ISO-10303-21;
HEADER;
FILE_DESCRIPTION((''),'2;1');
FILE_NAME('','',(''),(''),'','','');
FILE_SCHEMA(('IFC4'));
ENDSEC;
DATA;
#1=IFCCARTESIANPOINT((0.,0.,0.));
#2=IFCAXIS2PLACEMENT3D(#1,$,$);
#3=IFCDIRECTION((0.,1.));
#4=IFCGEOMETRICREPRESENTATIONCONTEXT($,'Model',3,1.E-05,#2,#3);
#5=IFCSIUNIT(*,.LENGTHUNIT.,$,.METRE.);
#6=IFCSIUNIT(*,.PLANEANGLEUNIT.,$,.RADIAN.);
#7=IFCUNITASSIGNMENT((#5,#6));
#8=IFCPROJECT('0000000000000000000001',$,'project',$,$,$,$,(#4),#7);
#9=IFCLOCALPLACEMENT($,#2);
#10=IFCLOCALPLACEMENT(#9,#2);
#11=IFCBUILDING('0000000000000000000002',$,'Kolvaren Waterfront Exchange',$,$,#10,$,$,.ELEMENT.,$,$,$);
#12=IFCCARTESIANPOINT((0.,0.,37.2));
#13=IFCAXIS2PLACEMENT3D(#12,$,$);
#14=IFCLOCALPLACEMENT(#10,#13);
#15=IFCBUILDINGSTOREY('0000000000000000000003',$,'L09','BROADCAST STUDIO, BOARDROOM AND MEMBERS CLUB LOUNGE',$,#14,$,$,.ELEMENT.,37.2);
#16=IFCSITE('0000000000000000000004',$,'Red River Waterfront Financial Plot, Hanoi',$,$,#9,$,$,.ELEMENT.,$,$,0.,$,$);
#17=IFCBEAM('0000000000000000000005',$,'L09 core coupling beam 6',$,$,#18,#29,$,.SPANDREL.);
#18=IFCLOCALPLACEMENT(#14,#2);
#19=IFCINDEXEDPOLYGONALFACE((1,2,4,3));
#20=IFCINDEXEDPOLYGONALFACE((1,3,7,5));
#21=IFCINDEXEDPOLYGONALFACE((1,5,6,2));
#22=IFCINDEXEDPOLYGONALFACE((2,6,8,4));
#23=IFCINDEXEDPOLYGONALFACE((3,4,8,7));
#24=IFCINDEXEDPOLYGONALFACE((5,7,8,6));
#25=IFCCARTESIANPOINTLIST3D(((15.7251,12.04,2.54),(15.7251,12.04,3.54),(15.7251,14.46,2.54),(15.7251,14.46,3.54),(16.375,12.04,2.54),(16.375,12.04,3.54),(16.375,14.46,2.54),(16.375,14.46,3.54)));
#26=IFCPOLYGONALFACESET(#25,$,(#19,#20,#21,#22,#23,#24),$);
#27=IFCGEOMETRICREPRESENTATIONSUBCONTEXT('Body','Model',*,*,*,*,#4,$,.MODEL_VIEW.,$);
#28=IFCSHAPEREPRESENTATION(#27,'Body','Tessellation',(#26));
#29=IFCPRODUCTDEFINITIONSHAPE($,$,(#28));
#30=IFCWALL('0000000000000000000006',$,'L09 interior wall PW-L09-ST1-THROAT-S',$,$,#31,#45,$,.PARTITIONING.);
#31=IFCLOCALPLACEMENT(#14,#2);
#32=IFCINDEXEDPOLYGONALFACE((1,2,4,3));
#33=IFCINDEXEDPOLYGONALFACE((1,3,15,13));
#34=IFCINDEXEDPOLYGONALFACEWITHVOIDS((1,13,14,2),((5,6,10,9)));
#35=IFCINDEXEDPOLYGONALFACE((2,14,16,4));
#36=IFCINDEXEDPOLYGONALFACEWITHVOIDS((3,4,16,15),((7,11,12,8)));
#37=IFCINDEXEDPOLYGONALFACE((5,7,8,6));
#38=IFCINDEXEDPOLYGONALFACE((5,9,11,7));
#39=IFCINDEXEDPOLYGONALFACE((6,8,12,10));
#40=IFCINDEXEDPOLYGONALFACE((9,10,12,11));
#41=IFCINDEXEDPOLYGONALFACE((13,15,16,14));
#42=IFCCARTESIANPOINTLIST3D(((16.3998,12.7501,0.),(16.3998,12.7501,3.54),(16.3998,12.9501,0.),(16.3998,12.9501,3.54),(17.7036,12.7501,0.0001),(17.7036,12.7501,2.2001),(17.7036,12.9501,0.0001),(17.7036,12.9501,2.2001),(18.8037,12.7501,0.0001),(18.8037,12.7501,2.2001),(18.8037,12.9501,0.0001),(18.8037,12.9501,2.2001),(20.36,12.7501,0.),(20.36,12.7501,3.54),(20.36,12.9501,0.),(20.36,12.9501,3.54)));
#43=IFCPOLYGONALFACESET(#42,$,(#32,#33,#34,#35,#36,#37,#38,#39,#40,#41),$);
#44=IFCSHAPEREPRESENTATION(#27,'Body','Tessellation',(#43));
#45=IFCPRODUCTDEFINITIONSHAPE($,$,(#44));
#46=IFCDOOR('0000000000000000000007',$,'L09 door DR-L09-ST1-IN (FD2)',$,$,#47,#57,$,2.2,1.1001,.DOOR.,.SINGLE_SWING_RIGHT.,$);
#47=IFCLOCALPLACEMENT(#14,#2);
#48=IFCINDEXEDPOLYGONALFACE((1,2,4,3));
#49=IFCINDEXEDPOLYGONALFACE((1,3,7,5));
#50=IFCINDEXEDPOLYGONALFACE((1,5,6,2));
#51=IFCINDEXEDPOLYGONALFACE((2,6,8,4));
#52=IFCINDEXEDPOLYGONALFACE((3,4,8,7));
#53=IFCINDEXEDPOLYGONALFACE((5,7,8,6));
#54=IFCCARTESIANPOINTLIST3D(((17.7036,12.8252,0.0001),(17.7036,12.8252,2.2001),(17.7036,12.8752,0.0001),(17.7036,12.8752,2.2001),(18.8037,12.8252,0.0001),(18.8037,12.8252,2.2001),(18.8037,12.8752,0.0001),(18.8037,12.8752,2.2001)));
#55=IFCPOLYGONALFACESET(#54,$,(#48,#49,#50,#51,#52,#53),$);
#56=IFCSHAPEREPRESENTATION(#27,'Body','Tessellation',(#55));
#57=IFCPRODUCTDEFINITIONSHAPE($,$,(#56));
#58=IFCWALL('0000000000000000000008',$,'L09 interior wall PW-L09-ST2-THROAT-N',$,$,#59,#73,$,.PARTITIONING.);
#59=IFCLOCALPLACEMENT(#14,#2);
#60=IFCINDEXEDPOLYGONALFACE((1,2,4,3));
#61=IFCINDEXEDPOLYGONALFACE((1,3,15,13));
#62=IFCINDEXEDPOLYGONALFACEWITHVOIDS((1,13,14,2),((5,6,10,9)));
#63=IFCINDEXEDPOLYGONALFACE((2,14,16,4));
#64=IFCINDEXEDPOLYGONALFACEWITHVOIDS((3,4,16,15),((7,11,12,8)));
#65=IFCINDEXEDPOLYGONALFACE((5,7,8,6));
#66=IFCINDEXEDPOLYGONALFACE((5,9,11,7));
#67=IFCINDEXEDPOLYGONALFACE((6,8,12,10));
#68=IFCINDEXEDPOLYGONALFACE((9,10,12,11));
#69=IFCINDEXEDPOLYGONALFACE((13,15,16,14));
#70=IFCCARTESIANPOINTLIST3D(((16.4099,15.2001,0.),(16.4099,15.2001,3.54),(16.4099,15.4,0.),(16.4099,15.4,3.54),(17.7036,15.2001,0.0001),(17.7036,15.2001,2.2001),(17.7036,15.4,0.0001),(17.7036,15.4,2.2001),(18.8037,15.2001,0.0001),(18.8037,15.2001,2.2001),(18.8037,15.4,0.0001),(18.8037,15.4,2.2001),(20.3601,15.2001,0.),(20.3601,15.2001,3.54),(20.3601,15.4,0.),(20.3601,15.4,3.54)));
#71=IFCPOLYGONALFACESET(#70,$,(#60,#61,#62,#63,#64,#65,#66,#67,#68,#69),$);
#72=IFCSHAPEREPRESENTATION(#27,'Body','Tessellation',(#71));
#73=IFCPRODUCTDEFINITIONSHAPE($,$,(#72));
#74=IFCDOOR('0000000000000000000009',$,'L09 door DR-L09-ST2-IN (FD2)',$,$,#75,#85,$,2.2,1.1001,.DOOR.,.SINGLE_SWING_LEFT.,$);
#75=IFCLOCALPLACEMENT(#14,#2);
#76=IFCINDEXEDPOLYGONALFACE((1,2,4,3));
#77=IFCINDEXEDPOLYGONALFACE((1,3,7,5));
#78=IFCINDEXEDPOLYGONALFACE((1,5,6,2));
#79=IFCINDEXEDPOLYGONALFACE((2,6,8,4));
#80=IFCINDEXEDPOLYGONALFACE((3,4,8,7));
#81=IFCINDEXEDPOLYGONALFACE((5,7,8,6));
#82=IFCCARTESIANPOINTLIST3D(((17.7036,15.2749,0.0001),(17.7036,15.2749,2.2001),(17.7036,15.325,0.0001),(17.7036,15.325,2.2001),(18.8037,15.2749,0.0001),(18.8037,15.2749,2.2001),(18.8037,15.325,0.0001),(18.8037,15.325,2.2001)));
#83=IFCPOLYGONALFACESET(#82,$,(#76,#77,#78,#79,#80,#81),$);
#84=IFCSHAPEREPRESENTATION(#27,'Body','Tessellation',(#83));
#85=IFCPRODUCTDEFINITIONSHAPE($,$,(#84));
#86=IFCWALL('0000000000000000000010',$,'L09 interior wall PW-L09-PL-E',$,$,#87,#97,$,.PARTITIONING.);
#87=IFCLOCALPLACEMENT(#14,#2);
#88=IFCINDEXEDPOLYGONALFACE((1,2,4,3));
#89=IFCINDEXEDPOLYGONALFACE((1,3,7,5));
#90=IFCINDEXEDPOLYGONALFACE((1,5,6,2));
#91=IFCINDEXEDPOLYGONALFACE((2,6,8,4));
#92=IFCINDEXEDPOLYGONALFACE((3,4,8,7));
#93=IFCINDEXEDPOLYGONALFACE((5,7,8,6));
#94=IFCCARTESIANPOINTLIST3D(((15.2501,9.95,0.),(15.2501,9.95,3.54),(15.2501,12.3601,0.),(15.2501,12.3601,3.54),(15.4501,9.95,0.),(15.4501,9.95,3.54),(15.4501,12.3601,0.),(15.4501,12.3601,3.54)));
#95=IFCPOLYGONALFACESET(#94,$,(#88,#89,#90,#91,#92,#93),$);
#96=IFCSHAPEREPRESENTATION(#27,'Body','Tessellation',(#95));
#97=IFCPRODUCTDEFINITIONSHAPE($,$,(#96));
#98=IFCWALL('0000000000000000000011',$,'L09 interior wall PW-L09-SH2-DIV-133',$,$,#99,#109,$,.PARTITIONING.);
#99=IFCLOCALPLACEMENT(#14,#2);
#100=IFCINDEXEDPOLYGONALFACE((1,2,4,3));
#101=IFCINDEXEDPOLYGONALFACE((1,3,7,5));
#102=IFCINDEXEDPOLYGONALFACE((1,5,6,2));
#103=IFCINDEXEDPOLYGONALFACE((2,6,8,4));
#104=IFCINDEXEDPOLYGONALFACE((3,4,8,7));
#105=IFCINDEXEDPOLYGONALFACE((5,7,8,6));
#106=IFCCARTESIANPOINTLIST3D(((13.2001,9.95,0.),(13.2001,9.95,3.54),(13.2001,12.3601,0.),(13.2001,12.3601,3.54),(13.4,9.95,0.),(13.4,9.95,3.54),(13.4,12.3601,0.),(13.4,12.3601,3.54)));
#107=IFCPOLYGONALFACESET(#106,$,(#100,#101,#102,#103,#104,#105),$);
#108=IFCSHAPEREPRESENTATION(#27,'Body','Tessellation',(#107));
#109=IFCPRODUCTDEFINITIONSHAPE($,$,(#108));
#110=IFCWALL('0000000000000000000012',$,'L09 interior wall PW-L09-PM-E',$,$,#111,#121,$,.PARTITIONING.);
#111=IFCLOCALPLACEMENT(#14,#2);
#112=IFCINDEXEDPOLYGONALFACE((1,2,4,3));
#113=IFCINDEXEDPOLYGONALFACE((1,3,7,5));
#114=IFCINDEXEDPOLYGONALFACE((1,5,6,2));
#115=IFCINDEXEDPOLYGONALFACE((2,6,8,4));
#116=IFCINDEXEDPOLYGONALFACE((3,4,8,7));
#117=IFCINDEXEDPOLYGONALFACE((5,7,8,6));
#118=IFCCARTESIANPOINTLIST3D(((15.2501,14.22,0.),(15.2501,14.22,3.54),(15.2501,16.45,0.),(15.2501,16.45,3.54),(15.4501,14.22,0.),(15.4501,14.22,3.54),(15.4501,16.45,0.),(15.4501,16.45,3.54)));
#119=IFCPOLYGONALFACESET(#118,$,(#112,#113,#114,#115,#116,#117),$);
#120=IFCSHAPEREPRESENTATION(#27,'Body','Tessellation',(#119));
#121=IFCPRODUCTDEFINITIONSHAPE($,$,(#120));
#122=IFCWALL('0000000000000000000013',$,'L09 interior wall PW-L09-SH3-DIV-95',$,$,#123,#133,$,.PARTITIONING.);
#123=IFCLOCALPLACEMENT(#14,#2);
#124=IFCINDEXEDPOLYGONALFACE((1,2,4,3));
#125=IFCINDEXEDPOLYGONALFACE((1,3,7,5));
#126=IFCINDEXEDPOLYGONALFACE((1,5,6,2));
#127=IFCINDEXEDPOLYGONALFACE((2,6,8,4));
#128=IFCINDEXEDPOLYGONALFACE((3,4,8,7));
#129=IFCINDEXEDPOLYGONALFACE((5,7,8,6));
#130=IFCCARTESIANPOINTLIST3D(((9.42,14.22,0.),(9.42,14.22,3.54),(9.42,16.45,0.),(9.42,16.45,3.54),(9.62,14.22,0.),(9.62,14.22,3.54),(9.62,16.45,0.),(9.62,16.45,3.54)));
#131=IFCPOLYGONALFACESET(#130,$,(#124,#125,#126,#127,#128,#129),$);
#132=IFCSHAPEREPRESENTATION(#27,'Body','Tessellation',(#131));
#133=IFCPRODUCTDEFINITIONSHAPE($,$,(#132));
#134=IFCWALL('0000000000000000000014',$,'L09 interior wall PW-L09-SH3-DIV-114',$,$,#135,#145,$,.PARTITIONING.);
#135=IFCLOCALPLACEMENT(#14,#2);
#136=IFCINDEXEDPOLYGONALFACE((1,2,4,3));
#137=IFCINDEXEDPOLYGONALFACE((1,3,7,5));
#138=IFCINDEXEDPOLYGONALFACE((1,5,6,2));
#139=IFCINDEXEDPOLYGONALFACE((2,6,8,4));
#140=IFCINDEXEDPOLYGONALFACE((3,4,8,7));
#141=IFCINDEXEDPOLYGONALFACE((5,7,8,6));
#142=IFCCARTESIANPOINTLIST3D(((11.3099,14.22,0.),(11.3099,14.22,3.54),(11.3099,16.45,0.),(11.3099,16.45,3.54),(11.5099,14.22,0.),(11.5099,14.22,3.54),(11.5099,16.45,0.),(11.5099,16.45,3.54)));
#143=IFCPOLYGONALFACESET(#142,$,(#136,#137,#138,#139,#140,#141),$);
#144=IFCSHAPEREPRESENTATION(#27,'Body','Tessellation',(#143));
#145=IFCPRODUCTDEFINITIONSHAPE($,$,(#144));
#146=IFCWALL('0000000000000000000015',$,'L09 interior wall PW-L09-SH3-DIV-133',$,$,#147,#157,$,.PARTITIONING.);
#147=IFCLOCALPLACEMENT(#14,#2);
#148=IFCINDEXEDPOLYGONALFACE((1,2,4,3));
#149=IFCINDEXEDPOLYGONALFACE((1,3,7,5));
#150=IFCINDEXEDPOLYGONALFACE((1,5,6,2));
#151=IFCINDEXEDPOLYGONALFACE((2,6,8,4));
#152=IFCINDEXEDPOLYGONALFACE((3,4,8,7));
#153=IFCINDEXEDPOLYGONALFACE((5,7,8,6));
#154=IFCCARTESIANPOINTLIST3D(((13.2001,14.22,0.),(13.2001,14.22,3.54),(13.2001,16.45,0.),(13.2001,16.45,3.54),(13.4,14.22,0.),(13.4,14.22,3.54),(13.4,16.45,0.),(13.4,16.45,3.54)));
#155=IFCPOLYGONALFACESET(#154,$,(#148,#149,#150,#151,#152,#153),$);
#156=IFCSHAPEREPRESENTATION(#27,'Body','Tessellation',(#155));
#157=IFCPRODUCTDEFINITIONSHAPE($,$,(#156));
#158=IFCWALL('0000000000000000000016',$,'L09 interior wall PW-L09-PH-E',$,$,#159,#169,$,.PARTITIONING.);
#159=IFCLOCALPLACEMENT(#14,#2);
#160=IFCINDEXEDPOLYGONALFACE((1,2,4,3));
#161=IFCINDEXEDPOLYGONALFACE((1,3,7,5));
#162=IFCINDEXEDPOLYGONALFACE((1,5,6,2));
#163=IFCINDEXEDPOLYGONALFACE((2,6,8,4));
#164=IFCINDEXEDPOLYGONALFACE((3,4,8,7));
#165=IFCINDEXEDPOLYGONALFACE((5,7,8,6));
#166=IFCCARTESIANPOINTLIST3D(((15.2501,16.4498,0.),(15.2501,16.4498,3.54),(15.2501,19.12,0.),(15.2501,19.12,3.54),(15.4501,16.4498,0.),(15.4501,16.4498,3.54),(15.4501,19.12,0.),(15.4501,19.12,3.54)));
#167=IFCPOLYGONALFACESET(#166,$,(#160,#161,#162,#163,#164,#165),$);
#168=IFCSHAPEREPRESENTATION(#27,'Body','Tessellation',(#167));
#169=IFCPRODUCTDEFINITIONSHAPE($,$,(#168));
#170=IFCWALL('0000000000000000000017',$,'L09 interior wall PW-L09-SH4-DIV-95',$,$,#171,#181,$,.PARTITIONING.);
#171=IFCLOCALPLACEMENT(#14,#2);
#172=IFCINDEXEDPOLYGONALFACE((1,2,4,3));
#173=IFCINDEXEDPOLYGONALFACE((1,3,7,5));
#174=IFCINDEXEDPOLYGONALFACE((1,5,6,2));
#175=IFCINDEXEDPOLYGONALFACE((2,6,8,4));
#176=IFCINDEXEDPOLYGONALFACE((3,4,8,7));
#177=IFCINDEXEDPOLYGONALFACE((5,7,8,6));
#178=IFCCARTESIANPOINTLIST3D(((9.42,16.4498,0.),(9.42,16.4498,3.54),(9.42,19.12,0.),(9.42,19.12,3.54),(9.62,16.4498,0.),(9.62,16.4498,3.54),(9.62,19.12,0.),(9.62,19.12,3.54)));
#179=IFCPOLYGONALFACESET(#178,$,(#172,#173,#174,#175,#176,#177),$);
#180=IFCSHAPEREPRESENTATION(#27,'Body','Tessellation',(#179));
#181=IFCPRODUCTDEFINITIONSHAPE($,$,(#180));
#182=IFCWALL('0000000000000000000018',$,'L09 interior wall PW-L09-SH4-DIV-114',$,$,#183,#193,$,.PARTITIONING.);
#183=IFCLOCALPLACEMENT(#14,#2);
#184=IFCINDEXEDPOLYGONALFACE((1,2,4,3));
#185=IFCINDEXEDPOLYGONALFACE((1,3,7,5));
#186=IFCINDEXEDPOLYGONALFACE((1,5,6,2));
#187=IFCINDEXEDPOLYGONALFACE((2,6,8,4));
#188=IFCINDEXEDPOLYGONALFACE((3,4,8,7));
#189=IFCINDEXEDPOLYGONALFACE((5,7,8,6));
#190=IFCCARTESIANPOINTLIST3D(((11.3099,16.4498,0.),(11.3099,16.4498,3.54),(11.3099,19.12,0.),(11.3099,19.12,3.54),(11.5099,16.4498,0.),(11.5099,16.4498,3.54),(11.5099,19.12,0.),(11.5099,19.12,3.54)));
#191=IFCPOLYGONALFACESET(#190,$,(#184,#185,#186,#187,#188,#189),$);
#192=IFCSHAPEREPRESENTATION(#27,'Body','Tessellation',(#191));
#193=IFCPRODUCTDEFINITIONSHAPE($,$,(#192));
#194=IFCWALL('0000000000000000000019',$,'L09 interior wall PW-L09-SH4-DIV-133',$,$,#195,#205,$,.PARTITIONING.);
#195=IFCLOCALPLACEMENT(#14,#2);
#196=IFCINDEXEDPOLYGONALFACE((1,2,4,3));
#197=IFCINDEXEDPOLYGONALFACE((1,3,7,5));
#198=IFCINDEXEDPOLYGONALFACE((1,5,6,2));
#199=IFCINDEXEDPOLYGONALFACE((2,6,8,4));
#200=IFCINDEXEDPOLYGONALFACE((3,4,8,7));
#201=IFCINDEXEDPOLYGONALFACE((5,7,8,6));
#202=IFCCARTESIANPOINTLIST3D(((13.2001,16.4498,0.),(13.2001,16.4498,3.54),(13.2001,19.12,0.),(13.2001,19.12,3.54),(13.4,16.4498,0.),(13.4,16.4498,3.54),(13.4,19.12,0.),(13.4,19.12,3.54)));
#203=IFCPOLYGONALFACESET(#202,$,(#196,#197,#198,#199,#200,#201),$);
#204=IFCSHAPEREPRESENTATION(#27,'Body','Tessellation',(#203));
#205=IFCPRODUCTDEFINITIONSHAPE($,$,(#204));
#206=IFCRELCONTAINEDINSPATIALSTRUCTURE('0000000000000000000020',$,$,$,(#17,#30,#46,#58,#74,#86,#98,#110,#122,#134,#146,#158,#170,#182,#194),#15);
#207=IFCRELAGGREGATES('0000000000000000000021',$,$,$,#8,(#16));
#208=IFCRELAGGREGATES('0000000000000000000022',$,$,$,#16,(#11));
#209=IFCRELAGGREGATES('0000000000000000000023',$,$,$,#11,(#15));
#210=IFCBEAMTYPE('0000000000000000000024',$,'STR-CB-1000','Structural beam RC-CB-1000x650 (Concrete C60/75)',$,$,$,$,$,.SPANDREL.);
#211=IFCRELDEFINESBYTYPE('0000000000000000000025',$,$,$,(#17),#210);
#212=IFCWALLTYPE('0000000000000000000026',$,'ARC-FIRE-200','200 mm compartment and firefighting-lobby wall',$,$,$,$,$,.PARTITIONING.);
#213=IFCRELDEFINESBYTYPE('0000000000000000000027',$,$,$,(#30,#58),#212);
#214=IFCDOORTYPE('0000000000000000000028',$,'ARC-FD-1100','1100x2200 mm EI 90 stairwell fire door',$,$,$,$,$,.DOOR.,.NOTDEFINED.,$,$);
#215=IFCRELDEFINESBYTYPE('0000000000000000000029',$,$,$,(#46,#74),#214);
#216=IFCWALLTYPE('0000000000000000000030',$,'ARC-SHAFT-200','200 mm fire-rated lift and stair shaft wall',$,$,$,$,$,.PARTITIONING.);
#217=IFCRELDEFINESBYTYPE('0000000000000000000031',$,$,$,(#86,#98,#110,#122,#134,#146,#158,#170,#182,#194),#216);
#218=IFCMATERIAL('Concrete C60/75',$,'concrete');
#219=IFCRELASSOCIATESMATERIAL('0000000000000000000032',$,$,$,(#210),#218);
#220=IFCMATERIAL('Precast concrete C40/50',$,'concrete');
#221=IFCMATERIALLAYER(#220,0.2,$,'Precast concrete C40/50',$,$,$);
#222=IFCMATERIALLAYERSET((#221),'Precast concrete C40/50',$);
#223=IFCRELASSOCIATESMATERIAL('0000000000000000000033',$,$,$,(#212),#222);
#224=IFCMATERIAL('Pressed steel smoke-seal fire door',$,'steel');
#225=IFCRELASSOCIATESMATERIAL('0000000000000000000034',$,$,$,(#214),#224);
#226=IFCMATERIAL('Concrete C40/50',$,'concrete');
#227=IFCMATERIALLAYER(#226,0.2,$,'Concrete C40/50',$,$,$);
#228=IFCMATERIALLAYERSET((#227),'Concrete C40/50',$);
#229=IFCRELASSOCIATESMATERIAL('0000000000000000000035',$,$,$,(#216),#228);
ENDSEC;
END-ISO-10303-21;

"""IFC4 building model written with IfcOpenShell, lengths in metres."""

from ifc_helpers import new_model, si_unit, direction, frame, frame_2d, origin, origin_2d, place, context, subcontext, project, spatial, rectangle, extrude, material, layer, layer_set, material_profile, profile_set, type_object, element, fill, save


model = new_model("IFC4")

# Units and contexts
model_context = context("Model", 3, precision=1e-05, world=origin(), true_north=direction((0.0, 1.0)))
body_context = subcontext(model_context, "Body", "Model", "MODEL_VIEW")
ifc_project = project(units=[si_unit("LENGTHUNIT", "METRE"), si_unit("PLANEANGLEUNIT", "RADIAN")], contexts=[model_context])

# Site, building, storey
site_placement = place(None, origin())
site = spatial("IfcSite", under=ifc_project, at=site_placement, Name="Red River Waterfront Financial Plot, Hanoi", CompositionType="ELEMENT", RefElevation=0.0)
building_placement = place(site_placement, origin())
building = spatial("IfcBuilding", under=site, at=building_placement, Name="Kolvaren Waterfront Exchange", CompositionType="ELEMENT")
storey_placement = place(building_placement, frame((0.0, 0.0, 37.2)))
storey = spatial("IfcBuildingStorey", under=building, at=storey_placement, Name="L09", Description="BROADCAST STUDIO, BOARDROOM AND MEMBERS CLUB LOUNGE", CompositionType="ELEMENT", Elevation=37.2)

# Beam
ifc_material_1 = material(Name="Concrete C60/75", Category="concrete")
ifc_material_profile = material_profile(ifc_material_1, rectangle(XDim=0.6499, YDim=1.0, at=origin_2d()), Name="RC-CB-1000x650")
ifc_profile_set = profile_set([ifc_material_profile], Name="Concrete C60/75")
beam_type = type_object("IfcBeamType", Name="STR-CB-1000", Description="Structural beam RC-CB-1000x650 (Concrete C60/75)", PredefinedType="SPANDREL", material=ifc_profile_set)
beam_placement = place(storey_placement, frame((16.05, 12.04, 3.04), z_axis=(0.0, 1.0, 0.0), x_axis=(-1.0, 0.0, 0.0)))
element("IfcBeam", 1, at=beam_placement, inside=storey, type_object=beam_type, Name="L09 core coupling beam 6", PredefinedType="SPANDREL", context=body_context, shape_type="SweptSolid", body=[
    extrude(rectangle(XDim=0.6499, YDim=1.0, at=origin_2d()), origin(), (0.0, 0.0, 1.0), 2.4199),
])

# Walls, openings, doors
ifc_material_2 = material(Name="Precast concrete C40/50", Category="concrete")
ifc_layer_1 = layer(ifc_material_2, 0.2, Name="Precast concrete C40/50")
ifc_layer_set_1 = layer_set([ifc_layer_1], Name="Precast concrete C40/50")
wall_type_1 = type_object("IfcWallType", Name="ARC-FIRE-200", Description="200 mm compartment and firefighting-lobby wall", PredefinedType="PARTITIONING", material=ifc_layer_set_1)
wall_1_placement = place(storey_placement, frame((16.3999, 12.8501, 0.0), z_axis=(0.0, 0.0, 1.0), x_axis=(1.0, 0.0, 0.0)))
wall_1 = element("IfcWall", 2, at=wall_1_placement, inside=storey, type_object=wall_type_1, Name="L09 interior wall PW-L09-ST1-THROAT-S", PredefinedType="PARTITIONING", context=body_context, shape_type="SweptSolid", body=[
    extrude(rectangle(XDim=3.9602, YDim=0.2, at=frame_2d((1.98, 0.0))), origin(), (0.0, 0.0, 1.0), 3.54),
])
opening_1_placement = place(wall_1_placement, frame((1.3037, 0.0, 0.0)))
opening_1 = element("IfcOpeningElement", 3, at=opening_1_placement, cuts=wall_1, PredefinedType="OPENING", context=body_context, shape_type="SweptSolid", body=[
    extrude(rectangle(XDim=1.1001, YDim=2.2, at=frame_2d((0.55, 1.1001))), frame((0.0, 0.1099, 0.0), z_axis=(0.0, -1.0, 0.0), x_axis=(1.0, 0.0, 0.0)), (0.0, 0.0, 1.0), 0.22),
])
ifc_material_3 = material(Name="Pressed steel smoke-seal fire door", Category="steel")
door_type = type_object("IfcDoorType", Name="ARC-FD-1100", Description="1100x2200 mm EI 90 stairwell fire door", OperationType="NOTDEFINED", PredefinedType="DOOR", material=ifc_material_3)
door_1_placement = place(opening_1_placement, frame((1.1001, 0.0, 0.0), z_axis=(0.0, 0.0, 1.0), x_axis=(-1.0, 0.0, 0.0)))
door_1 = element("IfcDoor", 4, at=door_1_placement, inside=storey, type_object=door_type, Name="L09 door DR-L09-ST1-IN (FD2)", OperationType="SINGLE_SWING_RIGHT", OverallHeight=2.2, OverallWidth=1.1001, PredefinedType="DOOR", context=body_context, shape_type="SweptSolid", body=[
    extrude(rectangle(XDim=1.1001, YDim=2.2, at=frame_2d((0.55, 1.1001))), frame((0.0, 0.0249, 0.0), z_axis=(0.0, -1.0, 0.0), x_axis=(1.0, 0.0, 0.0)), (0.0, 0.0, 1.0), 0.05),
])
fill(opening_1, door_1)
wall_2_placement = place(storey_placement, frame((16.4099, 15.3, 0.0), z_axis=(0.0, 0.0, 1.0), x_axis=(1.0, 0.0, 0.0)))
wall_2 = element("IfcWall", 5, at=wall_2_placement, inside=storey, type_object=wall_type_1, Name="L09 interior wall PW-L09-ST2-THROAT-N", PredefinedType="PARTITIONING", context=body_context, shape_type="SweptSolid", body=[
    extrude(rectangle(XDim=3.9502, YDim=0.2, at=frame_2d((1.9751, 0.0))), origin(), (0.0, 0.0, 1.0), 3.54),
])
opening_2_placement = place(wall_2_placement, frame((1.2937, 0.0, 0.0)))
opening_2 = element("IfcOpeningElement", 6, at=opening_2_placement, cuts=wall_2, PredefinedType="OPENING", context=body_context, shape_type="SweptSolid", body=[
    extrude(rectangle(XDim=1.1001, YDim=2.2, at=frame_2d((0.55, 1.1001))), frame((0.0, 0.1099, 0.0), z_axis=(0.0, -1.0, 0.0), x_axis=(1.0, 0.0, 0.0)), (0.0, 0.0, 1.0), 0.22),
])
door_2_placement = place(opening_2_placement, origin())
door_2 = element("IfcDoor", 7, at=door_2_placement, inside=storey, type_object=door_type, Name="L09 door DR-L09-ST2-IN (FD2)", OperationType="SINGLE_SWING_LEFT", OverallHeight=2.2, OverallWidth=1.1001, PredefinedType="DOOR", context=body_context, shape_type="SweptSolid", body=[
    extrude(rectangle(XDim=1.1001, YDim=2.2, at=frame_2d((0.55, 1.1001))), frame((0.0, 0.0249, 0.0), z_axis=(0.0, -1.0, 0.0), x_axis=(1.0, 0.0, 0.0)), (0.0, 0.0, 1.0), 0.05),
])
fill(opening_2, door_2)

# Walls
ifc_material_4 = material(Name="Concrete C40/50", Category="concrete")
ifc_layer_2 = layer(ifc_material_4, 0.2, Name="Concrete C40/50")
ifc_layer_set_2 = layer_set([ifc_layer_2], Name="Concrete C40/50")
wall_type_2 = type_object("IfcWallType", Name="ARC-SHAFT-200", Description="200 mm fire-rated lift and stair shaft wall", PredefinedType="PARTITIONING", material=ifc_layer_set_2)
for number, where, z_axis, x_axis, name in (
    (8, (15.3501, 9.95, 0.0), (0.0, 0.0, 1.0), (0.0, 1.0, 0.0), "L09 interior wall PW-L09-PL-E"),
    (9, (13.3, 9.95, 0.0), (0.0, 0.0, 1.0), (0.0, 1.0, 0.0), "L09 interior wall PW-L09-SH2-DIV-133"),
):
    element("IfcWall", number, at=place(storey_placement, frame(where, z_axis=z_axis, x_axis=x_axis)), inside=storey, type_object=wall_type_2, Name=name, PredefinedType="PARTITIONING", context=body_context, shape_type="SweptSolid", body=[
        extrude(rectangle(XDim=2.4102, YDim=0.2, at=frame_2d((1.2051, 0.0))), origin(), (0.0, 0.0, 1.0), 3.54),
    ])
for number, where, z_axis, x_axis, name in (
    (10, (15.3501, 14.22, 0.0), (0.0, 0.0, 1.0), (0.0, 1.0, 0.0), "L09 interior wall PW-L09-PM-E"),
    (11, (9.52, 14.22, 0.0), (0.0, 0.0, 1.0), (0.0, 1.0, 0.0), "L09 interior wall PW-L09-SH3-DIV-95"),
    (12, (11.4099, 14.22, 0.0), (0.0, 0.0, 1.0), (0.0, 1.0, 0.0), "L09 interior wall PW-L09-SH3-DIV-114"),
    (13, (13.3, 14.22, 0.0), (0.0, 0.0, 1.0), (0.0, 1.0, 0.0), "L09 interior wall PW-L09-SH3-DIV-133"),
):
    element("IfcWall", number, at=place(storey_placement, frame(where, z_axis=z_axis, x_axis=x_axis)), inside=storey, type_object=wall_type_2, Name=name, PredefinedType="PARTITIONING", context=body_context, shape_type="SweptSolid", body=[
        extrude(rectangle(XDim=2.23, YDim=0.2, at=frame_2d((1.115, 0.0))), origin(), (0.0, 0.0, 1.0), 3.54),
    ])
for number, where, z_axis, x_axis, name in (
    (14, (15.3501, 16.45, 0.0), (0.0, 0.0, 1.0), (0.0, 1.0, 0.0), "L09 interior wall PW-L09-PH-E"),
    (15, (9.52, 16.45, 0.0), (0.0, 0.0, 1.0), (0.0, 1.0, 0.0), "L09 interior wall PW-L09-SH4-DIV-95"),
    (16, (11.4099, 16.45, 0.0), (0.0, 0.0, 1.0), (0.0, 1.0, 0.0), "L09 interior wall PW-L09-SH4-DIV-114"),
    (17, (13.3, 16.45, 0.0), (0.0, 0.0, 1.0), (0.0, 1.0, 0.0), "L09 interior wall PW-L09-SH4-DIV-133"),
):
    element("IfcWall", number, at=place(storey_placement, frame(where, z_axis=z_axis, x_axis=x_axis)), inside=storey, type_object=wall_type_2, Name=name, PredefinedType="PARTITIONING", context=body_context, shape_type="SweptSolid", body=[
        extrude(rectangle(XDim=2.6702, YDim=0.2, at=frame_2d((1.335, 0.0))), origin(), (0.0, 0.0, 1.0), 3.54),
    ])

save(model, "model.ifc")
